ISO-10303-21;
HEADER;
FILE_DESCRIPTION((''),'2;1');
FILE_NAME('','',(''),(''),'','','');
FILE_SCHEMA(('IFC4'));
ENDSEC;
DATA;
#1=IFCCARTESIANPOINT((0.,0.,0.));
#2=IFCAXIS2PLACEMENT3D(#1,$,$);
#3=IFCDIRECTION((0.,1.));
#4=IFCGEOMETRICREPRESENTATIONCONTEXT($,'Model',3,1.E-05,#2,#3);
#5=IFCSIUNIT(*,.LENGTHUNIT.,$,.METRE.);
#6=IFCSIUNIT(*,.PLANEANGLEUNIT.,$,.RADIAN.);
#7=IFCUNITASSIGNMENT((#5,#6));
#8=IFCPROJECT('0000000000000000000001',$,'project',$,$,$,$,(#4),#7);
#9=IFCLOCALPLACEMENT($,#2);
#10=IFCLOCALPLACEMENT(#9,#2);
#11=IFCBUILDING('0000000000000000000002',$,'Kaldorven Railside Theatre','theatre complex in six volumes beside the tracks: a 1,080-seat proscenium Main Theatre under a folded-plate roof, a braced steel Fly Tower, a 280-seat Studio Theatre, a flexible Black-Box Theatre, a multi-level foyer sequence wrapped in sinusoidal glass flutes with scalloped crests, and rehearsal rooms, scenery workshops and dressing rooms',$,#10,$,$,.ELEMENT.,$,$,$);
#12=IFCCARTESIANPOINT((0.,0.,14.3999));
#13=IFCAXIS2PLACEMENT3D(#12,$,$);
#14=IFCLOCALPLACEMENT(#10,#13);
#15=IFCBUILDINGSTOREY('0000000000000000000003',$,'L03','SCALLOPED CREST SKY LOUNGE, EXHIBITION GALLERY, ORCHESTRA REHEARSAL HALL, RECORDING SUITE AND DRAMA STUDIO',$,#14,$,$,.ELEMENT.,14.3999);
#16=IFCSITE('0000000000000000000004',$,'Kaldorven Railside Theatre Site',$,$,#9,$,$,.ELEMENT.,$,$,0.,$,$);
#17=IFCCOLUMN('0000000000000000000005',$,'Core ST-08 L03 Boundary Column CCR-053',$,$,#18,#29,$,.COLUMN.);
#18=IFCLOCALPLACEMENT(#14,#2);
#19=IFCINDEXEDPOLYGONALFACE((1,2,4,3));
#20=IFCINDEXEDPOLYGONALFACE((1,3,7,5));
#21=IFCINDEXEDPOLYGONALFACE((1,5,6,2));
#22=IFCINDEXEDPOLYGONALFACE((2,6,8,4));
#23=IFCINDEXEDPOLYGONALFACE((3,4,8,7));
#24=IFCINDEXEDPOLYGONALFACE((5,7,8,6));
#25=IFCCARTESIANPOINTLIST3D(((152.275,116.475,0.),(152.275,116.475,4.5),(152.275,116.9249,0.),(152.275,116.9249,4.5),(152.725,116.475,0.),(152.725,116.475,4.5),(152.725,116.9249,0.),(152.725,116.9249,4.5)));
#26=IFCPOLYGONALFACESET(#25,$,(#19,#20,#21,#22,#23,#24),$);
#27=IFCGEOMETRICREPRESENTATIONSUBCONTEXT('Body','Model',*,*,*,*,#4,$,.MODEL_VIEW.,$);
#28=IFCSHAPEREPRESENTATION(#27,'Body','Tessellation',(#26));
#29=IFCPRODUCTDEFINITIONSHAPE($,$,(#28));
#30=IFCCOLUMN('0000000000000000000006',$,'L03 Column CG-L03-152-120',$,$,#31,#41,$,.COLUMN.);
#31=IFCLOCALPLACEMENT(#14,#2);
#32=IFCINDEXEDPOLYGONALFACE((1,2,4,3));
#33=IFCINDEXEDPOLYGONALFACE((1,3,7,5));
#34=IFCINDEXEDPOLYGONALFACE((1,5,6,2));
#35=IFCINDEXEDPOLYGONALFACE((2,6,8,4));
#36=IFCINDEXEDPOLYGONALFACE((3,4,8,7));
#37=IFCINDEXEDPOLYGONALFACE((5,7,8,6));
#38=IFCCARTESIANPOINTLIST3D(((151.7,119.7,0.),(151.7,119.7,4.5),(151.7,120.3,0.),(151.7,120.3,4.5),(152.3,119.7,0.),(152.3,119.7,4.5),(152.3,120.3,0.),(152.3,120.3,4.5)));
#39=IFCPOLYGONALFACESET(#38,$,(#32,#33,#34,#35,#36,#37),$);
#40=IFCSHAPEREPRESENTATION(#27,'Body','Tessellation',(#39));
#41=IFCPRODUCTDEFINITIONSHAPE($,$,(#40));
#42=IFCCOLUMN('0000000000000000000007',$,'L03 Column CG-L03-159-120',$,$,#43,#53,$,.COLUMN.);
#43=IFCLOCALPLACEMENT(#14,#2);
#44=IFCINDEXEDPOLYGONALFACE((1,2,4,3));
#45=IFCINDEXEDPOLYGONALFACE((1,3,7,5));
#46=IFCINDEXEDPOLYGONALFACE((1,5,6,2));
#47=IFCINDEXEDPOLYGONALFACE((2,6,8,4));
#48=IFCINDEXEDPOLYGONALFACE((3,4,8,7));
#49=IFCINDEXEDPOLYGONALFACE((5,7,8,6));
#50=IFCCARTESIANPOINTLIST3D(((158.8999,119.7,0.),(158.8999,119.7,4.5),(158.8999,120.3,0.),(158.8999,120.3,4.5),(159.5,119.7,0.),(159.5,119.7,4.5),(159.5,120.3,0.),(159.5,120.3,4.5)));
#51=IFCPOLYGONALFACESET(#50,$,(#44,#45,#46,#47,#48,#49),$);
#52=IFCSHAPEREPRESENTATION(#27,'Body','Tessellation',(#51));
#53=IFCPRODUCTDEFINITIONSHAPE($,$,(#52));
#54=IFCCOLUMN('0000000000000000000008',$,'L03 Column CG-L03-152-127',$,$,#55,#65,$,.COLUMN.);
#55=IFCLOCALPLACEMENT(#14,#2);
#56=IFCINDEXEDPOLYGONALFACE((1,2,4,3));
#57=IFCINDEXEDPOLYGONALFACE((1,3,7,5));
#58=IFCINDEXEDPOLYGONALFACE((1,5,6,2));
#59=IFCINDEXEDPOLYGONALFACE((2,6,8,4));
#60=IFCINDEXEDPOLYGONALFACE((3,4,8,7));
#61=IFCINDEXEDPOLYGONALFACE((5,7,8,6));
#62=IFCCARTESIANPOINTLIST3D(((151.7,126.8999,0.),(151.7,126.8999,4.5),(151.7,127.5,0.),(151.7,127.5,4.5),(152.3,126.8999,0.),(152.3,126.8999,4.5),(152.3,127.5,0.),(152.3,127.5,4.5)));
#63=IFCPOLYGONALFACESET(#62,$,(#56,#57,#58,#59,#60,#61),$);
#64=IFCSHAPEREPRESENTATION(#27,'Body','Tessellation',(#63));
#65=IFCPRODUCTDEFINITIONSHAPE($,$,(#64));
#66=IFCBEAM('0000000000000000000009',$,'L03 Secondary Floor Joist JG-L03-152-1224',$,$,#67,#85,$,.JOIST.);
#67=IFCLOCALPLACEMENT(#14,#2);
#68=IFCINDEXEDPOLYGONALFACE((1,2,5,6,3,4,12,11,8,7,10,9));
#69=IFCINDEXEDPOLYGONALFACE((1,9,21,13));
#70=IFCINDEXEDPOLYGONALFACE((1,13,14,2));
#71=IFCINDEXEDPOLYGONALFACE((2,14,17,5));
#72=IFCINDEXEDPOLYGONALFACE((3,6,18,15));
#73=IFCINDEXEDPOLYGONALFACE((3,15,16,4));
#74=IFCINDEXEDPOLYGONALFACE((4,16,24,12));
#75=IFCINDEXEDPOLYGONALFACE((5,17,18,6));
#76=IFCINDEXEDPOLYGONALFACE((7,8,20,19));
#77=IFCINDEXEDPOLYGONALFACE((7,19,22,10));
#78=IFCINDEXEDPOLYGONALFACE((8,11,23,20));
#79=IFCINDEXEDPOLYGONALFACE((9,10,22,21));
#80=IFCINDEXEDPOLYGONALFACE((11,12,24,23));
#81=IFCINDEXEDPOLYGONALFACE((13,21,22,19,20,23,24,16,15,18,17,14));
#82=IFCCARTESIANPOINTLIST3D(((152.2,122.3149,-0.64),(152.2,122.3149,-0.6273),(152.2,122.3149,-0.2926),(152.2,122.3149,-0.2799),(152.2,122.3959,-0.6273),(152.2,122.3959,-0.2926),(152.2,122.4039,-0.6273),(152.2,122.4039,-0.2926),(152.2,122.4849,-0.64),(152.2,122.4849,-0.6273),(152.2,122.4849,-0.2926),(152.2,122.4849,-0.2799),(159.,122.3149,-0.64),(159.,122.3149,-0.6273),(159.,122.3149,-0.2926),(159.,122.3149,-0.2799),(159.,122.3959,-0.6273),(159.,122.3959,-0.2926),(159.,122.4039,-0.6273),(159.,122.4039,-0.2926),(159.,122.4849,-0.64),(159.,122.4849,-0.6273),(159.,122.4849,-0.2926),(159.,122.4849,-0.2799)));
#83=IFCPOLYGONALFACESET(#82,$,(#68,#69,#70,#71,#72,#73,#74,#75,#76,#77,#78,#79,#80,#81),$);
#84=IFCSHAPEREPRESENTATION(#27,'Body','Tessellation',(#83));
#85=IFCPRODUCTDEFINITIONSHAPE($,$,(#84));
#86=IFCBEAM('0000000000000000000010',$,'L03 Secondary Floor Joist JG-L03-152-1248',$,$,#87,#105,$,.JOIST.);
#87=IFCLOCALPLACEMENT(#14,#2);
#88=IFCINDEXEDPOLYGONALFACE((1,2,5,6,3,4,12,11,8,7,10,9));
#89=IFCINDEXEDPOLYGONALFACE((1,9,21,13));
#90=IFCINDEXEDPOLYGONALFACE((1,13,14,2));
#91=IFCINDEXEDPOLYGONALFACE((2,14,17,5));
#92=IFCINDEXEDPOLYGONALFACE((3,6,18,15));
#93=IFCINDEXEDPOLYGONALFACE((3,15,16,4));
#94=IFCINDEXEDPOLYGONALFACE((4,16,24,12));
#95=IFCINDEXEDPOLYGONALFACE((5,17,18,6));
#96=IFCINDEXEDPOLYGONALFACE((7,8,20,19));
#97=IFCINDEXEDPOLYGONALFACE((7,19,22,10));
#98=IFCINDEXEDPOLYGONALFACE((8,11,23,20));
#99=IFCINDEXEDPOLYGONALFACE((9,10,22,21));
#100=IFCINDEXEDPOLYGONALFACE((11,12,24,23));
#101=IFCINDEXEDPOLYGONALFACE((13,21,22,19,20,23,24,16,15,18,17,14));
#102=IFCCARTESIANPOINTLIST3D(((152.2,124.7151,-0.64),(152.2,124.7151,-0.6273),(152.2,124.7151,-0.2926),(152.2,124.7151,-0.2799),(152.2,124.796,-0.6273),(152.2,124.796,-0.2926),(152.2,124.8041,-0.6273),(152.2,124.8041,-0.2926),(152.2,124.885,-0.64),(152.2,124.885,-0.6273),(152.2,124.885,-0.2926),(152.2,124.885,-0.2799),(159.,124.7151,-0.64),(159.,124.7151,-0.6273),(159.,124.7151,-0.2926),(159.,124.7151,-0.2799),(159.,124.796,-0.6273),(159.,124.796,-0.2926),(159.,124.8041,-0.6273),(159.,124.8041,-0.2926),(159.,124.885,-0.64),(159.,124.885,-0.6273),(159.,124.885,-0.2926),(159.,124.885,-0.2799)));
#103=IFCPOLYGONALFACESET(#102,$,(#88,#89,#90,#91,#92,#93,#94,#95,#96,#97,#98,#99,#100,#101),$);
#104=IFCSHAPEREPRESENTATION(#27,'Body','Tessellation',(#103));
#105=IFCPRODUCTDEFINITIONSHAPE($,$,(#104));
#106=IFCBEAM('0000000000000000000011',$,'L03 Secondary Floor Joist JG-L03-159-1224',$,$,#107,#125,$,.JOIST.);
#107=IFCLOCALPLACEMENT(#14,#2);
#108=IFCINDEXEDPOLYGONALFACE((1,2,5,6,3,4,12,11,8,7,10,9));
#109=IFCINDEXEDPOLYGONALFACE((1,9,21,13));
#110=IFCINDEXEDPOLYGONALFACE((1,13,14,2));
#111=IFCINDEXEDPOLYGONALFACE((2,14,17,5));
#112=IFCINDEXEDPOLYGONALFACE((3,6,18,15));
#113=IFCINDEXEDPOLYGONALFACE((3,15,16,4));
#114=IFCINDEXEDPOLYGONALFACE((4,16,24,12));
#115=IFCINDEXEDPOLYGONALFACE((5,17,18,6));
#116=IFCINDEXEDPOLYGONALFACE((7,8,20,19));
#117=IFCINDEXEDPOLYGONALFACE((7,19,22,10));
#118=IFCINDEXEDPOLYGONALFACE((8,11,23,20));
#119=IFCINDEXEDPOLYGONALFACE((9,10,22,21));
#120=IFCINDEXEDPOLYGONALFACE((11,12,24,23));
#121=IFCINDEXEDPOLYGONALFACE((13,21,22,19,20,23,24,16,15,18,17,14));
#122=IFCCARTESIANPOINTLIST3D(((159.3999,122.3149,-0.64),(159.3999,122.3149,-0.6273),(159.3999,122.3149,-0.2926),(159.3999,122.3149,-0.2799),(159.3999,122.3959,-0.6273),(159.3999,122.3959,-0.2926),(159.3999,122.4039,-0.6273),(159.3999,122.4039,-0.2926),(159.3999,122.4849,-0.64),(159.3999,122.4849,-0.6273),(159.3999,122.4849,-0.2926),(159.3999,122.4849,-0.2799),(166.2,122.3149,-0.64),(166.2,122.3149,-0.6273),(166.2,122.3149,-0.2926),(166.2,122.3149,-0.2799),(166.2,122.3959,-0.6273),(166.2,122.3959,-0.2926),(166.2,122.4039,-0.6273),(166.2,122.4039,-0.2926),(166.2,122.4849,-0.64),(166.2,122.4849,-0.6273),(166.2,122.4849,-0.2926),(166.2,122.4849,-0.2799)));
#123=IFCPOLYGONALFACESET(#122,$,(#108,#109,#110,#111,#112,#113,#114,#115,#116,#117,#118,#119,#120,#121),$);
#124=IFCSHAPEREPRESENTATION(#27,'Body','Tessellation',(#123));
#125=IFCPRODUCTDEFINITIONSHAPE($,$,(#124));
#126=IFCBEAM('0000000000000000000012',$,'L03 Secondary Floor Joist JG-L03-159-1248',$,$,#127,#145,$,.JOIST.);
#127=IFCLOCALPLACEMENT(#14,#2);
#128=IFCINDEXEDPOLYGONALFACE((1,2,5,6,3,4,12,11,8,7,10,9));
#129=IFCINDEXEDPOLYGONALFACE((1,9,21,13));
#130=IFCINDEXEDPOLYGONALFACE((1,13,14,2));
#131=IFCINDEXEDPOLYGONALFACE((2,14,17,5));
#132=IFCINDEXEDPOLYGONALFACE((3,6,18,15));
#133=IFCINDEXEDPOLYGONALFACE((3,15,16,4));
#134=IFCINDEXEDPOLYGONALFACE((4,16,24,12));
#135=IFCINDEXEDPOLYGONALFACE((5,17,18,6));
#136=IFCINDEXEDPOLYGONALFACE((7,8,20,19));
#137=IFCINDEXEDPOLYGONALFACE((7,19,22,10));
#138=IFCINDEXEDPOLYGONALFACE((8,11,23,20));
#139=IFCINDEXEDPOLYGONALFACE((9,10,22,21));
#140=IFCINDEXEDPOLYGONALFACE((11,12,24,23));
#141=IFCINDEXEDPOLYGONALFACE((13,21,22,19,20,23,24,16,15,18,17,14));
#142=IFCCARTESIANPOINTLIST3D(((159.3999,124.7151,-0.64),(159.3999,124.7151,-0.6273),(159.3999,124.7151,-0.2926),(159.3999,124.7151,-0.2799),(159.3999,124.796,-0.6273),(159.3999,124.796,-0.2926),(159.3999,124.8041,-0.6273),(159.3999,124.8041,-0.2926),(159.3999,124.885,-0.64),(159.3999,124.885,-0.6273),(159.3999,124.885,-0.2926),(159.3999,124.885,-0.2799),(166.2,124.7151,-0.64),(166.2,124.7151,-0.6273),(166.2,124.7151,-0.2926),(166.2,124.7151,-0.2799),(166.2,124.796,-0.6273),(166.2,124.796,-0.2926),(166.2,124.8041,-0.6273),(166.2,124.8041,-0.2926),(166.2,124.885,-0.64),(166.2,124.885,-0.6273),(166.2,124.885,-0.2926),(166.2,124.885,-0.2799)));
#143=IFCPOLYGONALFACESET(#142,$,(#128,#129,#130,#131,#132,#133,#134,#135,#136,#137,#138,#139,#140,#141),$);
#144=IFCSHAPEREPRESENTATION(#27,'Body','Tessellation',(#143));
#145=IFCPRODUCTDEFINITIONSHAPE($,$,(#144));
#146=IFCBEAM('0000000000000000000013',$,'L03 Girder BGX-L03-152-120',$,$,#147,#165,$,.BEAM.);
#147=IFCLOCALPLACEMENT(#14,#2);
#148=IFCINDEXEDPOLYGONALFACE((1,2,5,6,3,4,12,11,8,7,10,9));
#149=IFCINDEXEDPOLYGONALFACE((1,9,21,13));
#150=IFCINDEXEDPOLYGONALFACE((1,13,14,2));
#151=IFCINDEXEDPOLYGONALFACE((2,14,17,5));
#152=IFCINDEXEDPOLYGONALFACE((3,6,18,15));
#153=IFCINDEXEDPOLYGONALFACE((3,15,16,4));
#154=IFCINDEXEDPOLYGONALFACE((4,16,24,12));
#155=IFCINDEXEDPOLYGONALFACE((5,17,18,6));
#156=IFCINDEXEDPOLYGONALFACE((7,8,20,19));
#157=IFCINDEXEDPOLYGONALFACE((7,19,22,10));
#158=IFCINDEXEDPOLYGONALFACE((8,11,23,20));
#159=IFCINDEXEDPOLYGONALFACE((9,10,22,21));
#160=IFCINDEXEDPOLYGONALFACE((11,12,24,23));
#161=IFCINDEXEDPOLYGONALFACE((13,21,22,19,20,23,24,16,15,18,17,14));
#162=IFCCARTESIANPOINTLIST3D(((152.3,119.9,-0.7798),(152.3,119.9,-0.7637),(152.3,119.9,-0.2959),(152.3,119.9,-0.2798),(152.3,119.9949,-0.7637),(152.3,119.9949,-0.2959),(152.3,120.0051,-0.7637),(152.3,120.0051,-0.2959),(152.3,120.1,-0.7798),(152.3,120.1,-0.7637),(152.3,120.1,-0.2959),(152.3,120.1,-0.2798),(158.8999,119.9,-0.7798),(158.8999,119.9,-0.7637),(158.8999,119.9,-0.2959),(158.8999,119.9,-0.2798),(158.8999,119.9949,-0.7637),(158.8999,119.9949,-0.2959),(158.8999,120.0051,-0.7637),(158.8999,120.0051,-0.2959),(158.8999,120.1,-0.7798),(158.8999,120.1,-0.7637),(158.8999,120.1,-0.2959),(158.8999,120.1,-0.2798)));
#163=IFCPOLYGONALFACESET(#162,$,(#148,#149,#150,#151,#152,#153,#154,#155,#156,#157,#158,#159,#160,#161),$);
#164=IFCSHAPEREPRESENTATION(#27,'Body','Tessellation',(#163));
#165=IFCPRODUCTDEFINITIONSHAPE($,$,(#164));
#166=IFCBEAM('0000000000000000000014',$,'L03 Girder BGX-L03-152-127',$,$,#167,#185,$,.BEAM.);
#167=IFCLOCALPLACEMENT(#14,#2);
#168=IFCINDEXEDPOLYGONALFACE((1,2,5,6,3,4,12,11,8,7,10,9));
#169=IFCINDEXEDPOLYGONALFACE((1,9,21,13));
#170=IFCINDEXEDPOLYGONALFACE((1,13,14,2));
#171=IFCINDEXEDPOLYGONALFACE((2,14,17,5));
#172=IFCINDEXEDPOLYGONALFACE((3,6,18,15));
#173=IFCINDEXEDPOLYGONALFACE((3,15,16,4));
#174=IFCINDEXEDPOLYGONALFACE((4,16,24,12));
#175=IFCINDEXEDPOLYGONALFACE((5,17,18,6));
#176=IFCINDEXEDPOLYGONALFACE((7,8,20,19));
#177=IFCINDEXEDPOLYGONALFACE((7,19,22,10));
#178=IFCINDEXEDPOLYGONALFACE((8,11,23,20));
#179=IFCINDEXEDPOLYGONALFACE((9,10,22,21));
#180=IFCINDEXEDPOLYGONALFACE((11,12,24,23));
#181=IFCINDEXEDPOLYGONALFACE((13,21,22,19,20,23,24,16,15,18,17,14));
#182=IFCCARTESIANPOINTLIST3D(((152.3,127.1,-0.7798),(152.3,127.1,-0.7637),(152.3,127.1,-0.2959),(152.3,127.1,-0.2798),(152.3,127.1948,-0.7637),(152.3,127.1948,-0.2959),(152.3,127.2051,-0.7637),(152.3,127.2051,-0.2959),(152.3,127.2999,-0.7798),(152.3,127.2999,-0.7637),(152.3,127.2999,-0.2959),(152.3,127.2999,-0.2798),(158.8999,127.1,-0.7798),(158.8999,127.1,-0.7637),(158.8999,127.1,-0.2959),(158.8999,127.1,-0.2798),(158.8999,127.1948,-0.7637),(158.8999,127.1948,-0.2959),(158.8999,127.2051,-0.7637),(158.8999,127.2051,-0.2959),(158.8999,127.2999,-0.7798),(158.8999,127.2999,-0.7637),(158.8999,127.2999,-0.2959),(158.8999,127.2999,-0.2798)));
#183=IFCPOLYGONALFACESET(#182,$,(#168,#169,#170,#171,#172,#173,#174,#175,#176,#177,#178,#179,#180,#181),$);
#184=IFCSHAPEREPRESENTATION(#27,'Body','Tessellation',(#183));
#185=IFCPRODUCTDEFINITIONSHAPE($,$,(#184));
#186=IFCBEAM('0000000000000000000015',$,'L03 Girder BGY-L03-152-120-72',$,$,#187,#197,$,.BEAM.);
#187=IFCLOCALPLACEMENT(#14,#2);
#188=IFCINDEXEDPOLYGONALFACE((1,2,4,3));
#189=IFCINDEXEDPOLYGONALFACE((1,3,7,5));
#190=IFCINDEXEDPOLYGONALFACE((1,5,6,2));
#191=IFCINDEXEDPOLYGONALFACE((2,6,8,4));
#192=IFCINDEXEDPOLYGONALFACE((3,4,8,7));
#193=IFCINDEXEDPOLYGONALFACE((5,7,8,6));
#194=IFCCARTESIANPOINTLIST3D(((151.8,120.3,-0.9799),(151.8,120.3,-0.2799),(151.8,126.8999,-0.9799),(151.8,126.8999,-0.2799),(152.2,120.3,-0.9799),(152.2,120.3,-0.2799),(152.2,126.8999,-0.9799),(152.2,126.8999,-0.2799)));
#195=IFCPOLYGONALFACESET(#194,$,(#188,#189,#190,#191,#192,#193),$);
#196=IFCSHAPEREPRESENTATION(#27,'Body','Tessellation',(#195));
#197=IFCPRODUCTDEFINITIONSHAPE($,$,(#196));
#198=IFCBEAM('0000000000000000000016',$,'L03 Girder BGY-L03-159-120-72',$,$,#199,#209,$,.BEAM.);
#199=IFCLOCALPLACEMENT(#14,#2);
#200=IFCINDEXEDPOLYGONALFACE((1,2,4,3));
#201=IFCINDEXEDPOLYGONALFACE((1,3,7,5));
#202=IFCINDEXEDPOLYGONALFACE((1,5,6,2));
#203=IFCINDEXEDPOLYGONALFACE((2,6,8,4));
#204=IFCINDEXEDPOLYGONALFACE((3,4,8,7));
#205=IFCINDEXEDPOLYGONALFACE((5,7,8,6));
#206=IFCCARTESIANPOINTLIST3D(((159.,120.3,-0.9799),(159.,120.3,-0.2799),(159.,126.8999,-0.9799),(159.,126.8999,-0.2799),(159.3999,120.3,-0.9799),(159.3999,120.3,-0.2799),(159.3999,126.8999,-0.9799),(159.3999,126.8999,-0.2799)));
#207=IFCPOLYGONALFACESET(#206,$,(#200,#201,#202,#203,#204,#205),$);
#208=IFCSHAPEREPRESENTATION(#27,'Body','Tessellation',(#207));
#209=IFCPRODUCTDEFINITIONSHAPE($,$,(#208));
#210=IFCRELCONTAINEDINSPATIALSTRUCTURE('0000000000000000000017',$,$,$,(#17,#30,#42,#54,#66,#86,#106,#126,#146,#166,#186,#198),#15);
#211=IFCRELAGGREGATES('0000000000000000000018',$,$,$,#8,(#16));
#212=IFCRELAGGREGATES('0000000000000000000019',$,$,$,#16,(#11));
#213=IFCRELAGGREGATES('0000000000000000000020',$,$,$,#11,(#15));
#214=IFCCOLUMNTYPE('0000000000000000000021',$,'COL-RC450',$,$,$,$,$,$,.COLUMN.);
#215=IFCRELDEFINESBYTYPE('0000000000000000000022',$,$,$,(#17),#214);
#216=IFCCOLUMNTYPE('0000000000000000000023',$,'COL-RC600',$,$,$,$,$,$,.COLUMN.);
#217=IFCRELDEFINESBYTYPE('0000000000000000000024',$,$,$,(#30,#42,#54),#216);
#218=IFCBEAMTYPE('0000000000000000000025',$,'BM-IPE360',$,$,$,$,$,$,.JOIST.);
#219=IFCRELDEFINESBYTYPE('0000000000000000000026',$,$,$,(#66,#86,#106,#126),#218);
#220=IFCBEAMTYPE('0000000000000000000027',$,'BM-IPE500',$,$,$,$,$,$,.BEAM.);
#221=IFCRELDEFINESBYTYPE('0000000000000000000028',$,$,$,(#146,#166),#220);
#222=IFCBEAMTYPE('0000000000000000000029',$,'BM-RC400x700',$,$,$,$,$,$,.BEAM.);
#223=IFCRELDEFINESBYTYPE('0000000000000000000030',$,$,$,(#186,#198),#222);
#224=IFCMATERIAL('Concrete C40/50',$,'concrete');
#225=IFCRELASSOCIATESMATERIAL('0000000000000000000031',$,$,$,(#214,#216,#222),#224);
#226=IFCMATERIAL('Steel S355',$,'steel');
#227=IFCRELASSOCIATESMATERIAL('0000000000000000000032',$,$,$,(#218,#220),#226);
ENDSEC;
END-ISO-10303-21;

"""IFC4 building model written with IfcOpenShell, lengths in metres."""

from ifc_helpers import new_model, si_unit, direction, frame, origin, origin_2d, place, context, subcontext, project, spatial, rectangle, i_section, extrude, material, material_profile, profile_set, type_object, element, save


model = new_model("IFC4")

# Units and contexts
model_context = context("Model", 3, precision=1e-05, world=origin(), true_north=direction((0.0, 1.0)))
body_context = subcontext(model_context, "Body", "Model", "MODEL_VIEW")
ifc_project = project(units=[si_unit("LENGTHUNIT", "METRE"), si_unit("PLANEANGLEUNIT", "RADIAN")], contexts=[model_context])

# Site, building, storey
site_placement = place(None, origin())
site = spatial("IfcSite", under=ifc_project, at=site_placement, Name="Kaldorven Railside Theatre Site", CompositionType="ELEMENT", RefElevation=0.0)
building_placement = place(site_placement, origin())
building = spatial("IfcBuilding", under=site, at=building_placement, Name="Kaldorven Railside Theatre", Description="theatre complex in six volumes beside the tracks: a 1,080-seat proscenium Main Theatre under a folded-plate roof, a braced steel Fly Tower, a 280-seat Studio Theatre, a flexible Black-Box Theatre, a multi-level foyer sequence wrapped in sinusoidal glass flutes with scalloped crests, and rehearsal rooms, scenery workshops and dressing rooms", CompositionType="ELEMENT")
storey_placement = place(building_placement, frame((0.0, 0.0, 14.3999)))
storey = spatial("IfcBuildingStorey", under=building, at=storey_placement, Name="L03", Description="SCALLOPED CREST SKY LOUNGE, EXHIBITION GALLERY, ORCHESTRA REHEARSAL HALL, RECORDING SUITE AND DRAMA STUDIO", CompositionType="ELEMENT", Elevation=14.3999)

# Columns
ifc_material_1 = material(Name="Concrete C40/50", Category="concrete")
ifc_material_profile_1 = material_profile(ifc_material_1, rectangle(XDim=0.45, YDim=0.45, at=origin_2d()), Name="RC 450x450")
ifc_profile_set_1 = profile_set([ifc_material_profile_1], Name="Concrete C40/50")
column_type_1 = type_object("IfcColumnType", Name="COL-RC450", PredefinedType="COLUMN", material=ifc_profile_set_1)
column_placement = place(storey_placement, frame((152.5, 116.7, 0.0), z_axis=(0.0, 0.0, 1.0), x_axis=(1.0, 0.0, 0.0)))
element("IfcColumn", 1, at=column_placement, inside=storey, type_object=column_type_1, Name="Core ST-08 L03 Boundary Column CCR-053", PredefinedType="COLUMN", context=body_context, shape_type="SweptSolid", body=[
    extrude(rectangle(XDim=0.45, YDim=0.45, at=origin_2d()), origin(), (0.0, 0.0, 1.0), 4.5),
])
ifc_material_profile_2 = material_profile(ifc_material_1, rectangle(XDim=0.6001, YDim=0.6001, at=origin_2d()), Name="RC 600x600")
ifc_profile_set_2 = profile_set([ifc_material_profile_2], Name="Concrete C40/50")
column_type_2 = type_object("IfcColumnType", Name="COL-RC600", PredefinedType="COLUMN", material=ifc_profile_set_2)
for number, where, z_axis, x_axis, name in (
    (2, (152.0, 120.0, 0.0), (0.0, 0.0, 1.0), (1.0, 0.0, 0.0), "L03 Column CG-L03-152-120"),
    (3, (159.2, 120.0, 0.0), (0.0, 0.0, 1.0), (0.0, 1.0, 0.0), "L03 Column CG-L03-159-120"),
    (4, (152.0, 127.2, 0.0), (0.0, 0.0, 1.0), (0.0, 1.0, 0.0), "L03 Column CG-L03-152-127"),
):
    element("IfcColumn", number, at=place(storey_placement, frame(where, z_axis=z_axis, x_axis=x_axis)), inside=storey, type_object=column_type_2, Name=name, PredefinedType="COLUMN", context=body_context, shape_type="SweptSolid", body=[
        extrude(rectangle(XDim=0.6001, YDim=0.6001, at=origin_2d()), origin(), (0.0, 0.0, 1.0), 4.5),
    ])

# Beams
ifc_material_2 = material(Name="Steel S355", Category="steel")
ifc_material_profile_3 = material_profile(ifc_material_2, i_section(OverallWidth=0.1699, OverallDepth=0.3601, WebThickness=0.0081, FlangeThickness=0.0127, at=origin_2d()), Name="IPE 360")
ifc_profile_set_3 = profile_set([ifc_material_profile_3], Name="Steel S355")
beam_type_1 = type_object("IfcBeamType", Name="BM-IPE360", PredefinedType="JOIST", material=ifc_profile_set_3)
for number, where, z_axis, x_axis, name in (
    (5, (152.2, 122.3999, -0.46), (1.0, 0.0, 0.0), (0.0, 1.0, 0.0), "L03 Secondary Floor Joist JG-L03-152-1224"),
    (6, (152.2, 124.8, -0.46), (1.0, 0.0, 0.0), (0.0, 1.0, 0.0), "L03 Secondary Floor Joist JG-L03-152-1248"),
    (7, (159.3999, 122.3999, -0.46), (1.0, 0.0, 0.0), (0.0, 1.0, 0.0), "L03 Secondary Floor Joist JG-L03-159-1224"),
    (8, (159.3999, 124.8, -0.46), (1.0, 0.0, 0.0), (0.0, 1.0, 0.0), "L03 Secondary Floor Joist JG-L03-159-1248"),
):
    element("IfcBeam", number, at=place(storey_placement, frame(where, z_axis=z_axis, x_axis=x_axis)), inside=storey, type_object=beam_type_1, Name=name, PredefinedType="JOIST", context=body_context, shape_type="SweptSolid", body=[
        extrude(i_section(OverallWidth=0.1699, OverallDepth=0.3601, WebThickness=0.0081, FlangeThickness=0.0127, at=origin_2d()), origin(), (0.0, 0.0, 1.0), 6.8),
    ])
ifc_material_profile_4 = material_profile(ifc_material_2, i_section(OverallWidth=0.2, OverallDepth=0.5, WebThickness=0.0103, FlangeThickness=0.0161, at=origin_2d()), Name="IPE 500")
ifc_profile_set_4 = profile_set([ifc_material_profile_4], Name="Steel S355")
beam_type_2 = type_object("IfcBeamType", Name="BM-IPE500", PredefinedType="BEAM", material=ifc_profile_set_4)
for number, where, z_axis, x_axis, name in (
    (9, (152.3, 120.0, -0.5298), (1.0, 0.0, 0.0), (0.0, 1.0, 0.0), "L03 Girder BGX-L03-152-120"),
    (10, (152.3, 127.2, -0.5298), (1.0, 0.0, 0.0), (0.0, 1.0, 0.0), "L03 Girder BGX-L03-152-127"),
):
    element("IfcBeam", number, at=place(storey_placement, frame(where, z_axis=z_axis, x_axis=x_axis)), inside=storey, type_object=beam_type_2, Name=name, PredefinedType="BEAM", context=body_context, shape_type="SweptSolid", body=[
        extrude(i_section(OverallWidth=0.2, OverallDepth=0.5, WebThickness=0.0103, FlangeThickness=0.0161, at=origin_2d()), origin(), (0.0, 0.0, 1.0), 6.5999),
    ])
ifc_material_profile_5 = material_profile(ifc_material_1, rectangle(XDim=0.3999, YDim=0.7, at=origin_2d()), Name="RC 400x700")
ifc_profile_set_5 = profile_set([ifc_material_profile_5], Name="Concrete C40/50")
beam_type_3 = type_object("IfcBeamType", Name="BM-RC400x700", PredefinedType="BEAM", material=ifc_profile_set_5)
for number, where, z_axis, x_axis, name in (
    (11, (152.0, 120.3, -0.6299), (0.0, 1.0, 0.0), (-1.0, 0.0, 0.0), "L03 Girder BGY-L03-152-120-72"),
    (12, (159.2, 120.3, -0.6299), (0.0, 1.0, 0.0), (-1.0, 0.0, 0.0), "L03 Girder BGY-L03-159-120-72"),
):
    element("IfcBeam", number, at=place(storey_placement, frame(where, z_axis=z_axis, x_axis=x_axis)), inside=storey, type_object=beam_type_3, Name=name, PredefinedType="BEAM", context=body_context, shape_type="SweptSolid", body=[
        extrude(rectangle(XDim=0.3999, YDim=0.7, at=origin_2d()), origin(), (0.0, 0.0, 1.0), 6.5999),
    ])

save(model, "model.ifc")
